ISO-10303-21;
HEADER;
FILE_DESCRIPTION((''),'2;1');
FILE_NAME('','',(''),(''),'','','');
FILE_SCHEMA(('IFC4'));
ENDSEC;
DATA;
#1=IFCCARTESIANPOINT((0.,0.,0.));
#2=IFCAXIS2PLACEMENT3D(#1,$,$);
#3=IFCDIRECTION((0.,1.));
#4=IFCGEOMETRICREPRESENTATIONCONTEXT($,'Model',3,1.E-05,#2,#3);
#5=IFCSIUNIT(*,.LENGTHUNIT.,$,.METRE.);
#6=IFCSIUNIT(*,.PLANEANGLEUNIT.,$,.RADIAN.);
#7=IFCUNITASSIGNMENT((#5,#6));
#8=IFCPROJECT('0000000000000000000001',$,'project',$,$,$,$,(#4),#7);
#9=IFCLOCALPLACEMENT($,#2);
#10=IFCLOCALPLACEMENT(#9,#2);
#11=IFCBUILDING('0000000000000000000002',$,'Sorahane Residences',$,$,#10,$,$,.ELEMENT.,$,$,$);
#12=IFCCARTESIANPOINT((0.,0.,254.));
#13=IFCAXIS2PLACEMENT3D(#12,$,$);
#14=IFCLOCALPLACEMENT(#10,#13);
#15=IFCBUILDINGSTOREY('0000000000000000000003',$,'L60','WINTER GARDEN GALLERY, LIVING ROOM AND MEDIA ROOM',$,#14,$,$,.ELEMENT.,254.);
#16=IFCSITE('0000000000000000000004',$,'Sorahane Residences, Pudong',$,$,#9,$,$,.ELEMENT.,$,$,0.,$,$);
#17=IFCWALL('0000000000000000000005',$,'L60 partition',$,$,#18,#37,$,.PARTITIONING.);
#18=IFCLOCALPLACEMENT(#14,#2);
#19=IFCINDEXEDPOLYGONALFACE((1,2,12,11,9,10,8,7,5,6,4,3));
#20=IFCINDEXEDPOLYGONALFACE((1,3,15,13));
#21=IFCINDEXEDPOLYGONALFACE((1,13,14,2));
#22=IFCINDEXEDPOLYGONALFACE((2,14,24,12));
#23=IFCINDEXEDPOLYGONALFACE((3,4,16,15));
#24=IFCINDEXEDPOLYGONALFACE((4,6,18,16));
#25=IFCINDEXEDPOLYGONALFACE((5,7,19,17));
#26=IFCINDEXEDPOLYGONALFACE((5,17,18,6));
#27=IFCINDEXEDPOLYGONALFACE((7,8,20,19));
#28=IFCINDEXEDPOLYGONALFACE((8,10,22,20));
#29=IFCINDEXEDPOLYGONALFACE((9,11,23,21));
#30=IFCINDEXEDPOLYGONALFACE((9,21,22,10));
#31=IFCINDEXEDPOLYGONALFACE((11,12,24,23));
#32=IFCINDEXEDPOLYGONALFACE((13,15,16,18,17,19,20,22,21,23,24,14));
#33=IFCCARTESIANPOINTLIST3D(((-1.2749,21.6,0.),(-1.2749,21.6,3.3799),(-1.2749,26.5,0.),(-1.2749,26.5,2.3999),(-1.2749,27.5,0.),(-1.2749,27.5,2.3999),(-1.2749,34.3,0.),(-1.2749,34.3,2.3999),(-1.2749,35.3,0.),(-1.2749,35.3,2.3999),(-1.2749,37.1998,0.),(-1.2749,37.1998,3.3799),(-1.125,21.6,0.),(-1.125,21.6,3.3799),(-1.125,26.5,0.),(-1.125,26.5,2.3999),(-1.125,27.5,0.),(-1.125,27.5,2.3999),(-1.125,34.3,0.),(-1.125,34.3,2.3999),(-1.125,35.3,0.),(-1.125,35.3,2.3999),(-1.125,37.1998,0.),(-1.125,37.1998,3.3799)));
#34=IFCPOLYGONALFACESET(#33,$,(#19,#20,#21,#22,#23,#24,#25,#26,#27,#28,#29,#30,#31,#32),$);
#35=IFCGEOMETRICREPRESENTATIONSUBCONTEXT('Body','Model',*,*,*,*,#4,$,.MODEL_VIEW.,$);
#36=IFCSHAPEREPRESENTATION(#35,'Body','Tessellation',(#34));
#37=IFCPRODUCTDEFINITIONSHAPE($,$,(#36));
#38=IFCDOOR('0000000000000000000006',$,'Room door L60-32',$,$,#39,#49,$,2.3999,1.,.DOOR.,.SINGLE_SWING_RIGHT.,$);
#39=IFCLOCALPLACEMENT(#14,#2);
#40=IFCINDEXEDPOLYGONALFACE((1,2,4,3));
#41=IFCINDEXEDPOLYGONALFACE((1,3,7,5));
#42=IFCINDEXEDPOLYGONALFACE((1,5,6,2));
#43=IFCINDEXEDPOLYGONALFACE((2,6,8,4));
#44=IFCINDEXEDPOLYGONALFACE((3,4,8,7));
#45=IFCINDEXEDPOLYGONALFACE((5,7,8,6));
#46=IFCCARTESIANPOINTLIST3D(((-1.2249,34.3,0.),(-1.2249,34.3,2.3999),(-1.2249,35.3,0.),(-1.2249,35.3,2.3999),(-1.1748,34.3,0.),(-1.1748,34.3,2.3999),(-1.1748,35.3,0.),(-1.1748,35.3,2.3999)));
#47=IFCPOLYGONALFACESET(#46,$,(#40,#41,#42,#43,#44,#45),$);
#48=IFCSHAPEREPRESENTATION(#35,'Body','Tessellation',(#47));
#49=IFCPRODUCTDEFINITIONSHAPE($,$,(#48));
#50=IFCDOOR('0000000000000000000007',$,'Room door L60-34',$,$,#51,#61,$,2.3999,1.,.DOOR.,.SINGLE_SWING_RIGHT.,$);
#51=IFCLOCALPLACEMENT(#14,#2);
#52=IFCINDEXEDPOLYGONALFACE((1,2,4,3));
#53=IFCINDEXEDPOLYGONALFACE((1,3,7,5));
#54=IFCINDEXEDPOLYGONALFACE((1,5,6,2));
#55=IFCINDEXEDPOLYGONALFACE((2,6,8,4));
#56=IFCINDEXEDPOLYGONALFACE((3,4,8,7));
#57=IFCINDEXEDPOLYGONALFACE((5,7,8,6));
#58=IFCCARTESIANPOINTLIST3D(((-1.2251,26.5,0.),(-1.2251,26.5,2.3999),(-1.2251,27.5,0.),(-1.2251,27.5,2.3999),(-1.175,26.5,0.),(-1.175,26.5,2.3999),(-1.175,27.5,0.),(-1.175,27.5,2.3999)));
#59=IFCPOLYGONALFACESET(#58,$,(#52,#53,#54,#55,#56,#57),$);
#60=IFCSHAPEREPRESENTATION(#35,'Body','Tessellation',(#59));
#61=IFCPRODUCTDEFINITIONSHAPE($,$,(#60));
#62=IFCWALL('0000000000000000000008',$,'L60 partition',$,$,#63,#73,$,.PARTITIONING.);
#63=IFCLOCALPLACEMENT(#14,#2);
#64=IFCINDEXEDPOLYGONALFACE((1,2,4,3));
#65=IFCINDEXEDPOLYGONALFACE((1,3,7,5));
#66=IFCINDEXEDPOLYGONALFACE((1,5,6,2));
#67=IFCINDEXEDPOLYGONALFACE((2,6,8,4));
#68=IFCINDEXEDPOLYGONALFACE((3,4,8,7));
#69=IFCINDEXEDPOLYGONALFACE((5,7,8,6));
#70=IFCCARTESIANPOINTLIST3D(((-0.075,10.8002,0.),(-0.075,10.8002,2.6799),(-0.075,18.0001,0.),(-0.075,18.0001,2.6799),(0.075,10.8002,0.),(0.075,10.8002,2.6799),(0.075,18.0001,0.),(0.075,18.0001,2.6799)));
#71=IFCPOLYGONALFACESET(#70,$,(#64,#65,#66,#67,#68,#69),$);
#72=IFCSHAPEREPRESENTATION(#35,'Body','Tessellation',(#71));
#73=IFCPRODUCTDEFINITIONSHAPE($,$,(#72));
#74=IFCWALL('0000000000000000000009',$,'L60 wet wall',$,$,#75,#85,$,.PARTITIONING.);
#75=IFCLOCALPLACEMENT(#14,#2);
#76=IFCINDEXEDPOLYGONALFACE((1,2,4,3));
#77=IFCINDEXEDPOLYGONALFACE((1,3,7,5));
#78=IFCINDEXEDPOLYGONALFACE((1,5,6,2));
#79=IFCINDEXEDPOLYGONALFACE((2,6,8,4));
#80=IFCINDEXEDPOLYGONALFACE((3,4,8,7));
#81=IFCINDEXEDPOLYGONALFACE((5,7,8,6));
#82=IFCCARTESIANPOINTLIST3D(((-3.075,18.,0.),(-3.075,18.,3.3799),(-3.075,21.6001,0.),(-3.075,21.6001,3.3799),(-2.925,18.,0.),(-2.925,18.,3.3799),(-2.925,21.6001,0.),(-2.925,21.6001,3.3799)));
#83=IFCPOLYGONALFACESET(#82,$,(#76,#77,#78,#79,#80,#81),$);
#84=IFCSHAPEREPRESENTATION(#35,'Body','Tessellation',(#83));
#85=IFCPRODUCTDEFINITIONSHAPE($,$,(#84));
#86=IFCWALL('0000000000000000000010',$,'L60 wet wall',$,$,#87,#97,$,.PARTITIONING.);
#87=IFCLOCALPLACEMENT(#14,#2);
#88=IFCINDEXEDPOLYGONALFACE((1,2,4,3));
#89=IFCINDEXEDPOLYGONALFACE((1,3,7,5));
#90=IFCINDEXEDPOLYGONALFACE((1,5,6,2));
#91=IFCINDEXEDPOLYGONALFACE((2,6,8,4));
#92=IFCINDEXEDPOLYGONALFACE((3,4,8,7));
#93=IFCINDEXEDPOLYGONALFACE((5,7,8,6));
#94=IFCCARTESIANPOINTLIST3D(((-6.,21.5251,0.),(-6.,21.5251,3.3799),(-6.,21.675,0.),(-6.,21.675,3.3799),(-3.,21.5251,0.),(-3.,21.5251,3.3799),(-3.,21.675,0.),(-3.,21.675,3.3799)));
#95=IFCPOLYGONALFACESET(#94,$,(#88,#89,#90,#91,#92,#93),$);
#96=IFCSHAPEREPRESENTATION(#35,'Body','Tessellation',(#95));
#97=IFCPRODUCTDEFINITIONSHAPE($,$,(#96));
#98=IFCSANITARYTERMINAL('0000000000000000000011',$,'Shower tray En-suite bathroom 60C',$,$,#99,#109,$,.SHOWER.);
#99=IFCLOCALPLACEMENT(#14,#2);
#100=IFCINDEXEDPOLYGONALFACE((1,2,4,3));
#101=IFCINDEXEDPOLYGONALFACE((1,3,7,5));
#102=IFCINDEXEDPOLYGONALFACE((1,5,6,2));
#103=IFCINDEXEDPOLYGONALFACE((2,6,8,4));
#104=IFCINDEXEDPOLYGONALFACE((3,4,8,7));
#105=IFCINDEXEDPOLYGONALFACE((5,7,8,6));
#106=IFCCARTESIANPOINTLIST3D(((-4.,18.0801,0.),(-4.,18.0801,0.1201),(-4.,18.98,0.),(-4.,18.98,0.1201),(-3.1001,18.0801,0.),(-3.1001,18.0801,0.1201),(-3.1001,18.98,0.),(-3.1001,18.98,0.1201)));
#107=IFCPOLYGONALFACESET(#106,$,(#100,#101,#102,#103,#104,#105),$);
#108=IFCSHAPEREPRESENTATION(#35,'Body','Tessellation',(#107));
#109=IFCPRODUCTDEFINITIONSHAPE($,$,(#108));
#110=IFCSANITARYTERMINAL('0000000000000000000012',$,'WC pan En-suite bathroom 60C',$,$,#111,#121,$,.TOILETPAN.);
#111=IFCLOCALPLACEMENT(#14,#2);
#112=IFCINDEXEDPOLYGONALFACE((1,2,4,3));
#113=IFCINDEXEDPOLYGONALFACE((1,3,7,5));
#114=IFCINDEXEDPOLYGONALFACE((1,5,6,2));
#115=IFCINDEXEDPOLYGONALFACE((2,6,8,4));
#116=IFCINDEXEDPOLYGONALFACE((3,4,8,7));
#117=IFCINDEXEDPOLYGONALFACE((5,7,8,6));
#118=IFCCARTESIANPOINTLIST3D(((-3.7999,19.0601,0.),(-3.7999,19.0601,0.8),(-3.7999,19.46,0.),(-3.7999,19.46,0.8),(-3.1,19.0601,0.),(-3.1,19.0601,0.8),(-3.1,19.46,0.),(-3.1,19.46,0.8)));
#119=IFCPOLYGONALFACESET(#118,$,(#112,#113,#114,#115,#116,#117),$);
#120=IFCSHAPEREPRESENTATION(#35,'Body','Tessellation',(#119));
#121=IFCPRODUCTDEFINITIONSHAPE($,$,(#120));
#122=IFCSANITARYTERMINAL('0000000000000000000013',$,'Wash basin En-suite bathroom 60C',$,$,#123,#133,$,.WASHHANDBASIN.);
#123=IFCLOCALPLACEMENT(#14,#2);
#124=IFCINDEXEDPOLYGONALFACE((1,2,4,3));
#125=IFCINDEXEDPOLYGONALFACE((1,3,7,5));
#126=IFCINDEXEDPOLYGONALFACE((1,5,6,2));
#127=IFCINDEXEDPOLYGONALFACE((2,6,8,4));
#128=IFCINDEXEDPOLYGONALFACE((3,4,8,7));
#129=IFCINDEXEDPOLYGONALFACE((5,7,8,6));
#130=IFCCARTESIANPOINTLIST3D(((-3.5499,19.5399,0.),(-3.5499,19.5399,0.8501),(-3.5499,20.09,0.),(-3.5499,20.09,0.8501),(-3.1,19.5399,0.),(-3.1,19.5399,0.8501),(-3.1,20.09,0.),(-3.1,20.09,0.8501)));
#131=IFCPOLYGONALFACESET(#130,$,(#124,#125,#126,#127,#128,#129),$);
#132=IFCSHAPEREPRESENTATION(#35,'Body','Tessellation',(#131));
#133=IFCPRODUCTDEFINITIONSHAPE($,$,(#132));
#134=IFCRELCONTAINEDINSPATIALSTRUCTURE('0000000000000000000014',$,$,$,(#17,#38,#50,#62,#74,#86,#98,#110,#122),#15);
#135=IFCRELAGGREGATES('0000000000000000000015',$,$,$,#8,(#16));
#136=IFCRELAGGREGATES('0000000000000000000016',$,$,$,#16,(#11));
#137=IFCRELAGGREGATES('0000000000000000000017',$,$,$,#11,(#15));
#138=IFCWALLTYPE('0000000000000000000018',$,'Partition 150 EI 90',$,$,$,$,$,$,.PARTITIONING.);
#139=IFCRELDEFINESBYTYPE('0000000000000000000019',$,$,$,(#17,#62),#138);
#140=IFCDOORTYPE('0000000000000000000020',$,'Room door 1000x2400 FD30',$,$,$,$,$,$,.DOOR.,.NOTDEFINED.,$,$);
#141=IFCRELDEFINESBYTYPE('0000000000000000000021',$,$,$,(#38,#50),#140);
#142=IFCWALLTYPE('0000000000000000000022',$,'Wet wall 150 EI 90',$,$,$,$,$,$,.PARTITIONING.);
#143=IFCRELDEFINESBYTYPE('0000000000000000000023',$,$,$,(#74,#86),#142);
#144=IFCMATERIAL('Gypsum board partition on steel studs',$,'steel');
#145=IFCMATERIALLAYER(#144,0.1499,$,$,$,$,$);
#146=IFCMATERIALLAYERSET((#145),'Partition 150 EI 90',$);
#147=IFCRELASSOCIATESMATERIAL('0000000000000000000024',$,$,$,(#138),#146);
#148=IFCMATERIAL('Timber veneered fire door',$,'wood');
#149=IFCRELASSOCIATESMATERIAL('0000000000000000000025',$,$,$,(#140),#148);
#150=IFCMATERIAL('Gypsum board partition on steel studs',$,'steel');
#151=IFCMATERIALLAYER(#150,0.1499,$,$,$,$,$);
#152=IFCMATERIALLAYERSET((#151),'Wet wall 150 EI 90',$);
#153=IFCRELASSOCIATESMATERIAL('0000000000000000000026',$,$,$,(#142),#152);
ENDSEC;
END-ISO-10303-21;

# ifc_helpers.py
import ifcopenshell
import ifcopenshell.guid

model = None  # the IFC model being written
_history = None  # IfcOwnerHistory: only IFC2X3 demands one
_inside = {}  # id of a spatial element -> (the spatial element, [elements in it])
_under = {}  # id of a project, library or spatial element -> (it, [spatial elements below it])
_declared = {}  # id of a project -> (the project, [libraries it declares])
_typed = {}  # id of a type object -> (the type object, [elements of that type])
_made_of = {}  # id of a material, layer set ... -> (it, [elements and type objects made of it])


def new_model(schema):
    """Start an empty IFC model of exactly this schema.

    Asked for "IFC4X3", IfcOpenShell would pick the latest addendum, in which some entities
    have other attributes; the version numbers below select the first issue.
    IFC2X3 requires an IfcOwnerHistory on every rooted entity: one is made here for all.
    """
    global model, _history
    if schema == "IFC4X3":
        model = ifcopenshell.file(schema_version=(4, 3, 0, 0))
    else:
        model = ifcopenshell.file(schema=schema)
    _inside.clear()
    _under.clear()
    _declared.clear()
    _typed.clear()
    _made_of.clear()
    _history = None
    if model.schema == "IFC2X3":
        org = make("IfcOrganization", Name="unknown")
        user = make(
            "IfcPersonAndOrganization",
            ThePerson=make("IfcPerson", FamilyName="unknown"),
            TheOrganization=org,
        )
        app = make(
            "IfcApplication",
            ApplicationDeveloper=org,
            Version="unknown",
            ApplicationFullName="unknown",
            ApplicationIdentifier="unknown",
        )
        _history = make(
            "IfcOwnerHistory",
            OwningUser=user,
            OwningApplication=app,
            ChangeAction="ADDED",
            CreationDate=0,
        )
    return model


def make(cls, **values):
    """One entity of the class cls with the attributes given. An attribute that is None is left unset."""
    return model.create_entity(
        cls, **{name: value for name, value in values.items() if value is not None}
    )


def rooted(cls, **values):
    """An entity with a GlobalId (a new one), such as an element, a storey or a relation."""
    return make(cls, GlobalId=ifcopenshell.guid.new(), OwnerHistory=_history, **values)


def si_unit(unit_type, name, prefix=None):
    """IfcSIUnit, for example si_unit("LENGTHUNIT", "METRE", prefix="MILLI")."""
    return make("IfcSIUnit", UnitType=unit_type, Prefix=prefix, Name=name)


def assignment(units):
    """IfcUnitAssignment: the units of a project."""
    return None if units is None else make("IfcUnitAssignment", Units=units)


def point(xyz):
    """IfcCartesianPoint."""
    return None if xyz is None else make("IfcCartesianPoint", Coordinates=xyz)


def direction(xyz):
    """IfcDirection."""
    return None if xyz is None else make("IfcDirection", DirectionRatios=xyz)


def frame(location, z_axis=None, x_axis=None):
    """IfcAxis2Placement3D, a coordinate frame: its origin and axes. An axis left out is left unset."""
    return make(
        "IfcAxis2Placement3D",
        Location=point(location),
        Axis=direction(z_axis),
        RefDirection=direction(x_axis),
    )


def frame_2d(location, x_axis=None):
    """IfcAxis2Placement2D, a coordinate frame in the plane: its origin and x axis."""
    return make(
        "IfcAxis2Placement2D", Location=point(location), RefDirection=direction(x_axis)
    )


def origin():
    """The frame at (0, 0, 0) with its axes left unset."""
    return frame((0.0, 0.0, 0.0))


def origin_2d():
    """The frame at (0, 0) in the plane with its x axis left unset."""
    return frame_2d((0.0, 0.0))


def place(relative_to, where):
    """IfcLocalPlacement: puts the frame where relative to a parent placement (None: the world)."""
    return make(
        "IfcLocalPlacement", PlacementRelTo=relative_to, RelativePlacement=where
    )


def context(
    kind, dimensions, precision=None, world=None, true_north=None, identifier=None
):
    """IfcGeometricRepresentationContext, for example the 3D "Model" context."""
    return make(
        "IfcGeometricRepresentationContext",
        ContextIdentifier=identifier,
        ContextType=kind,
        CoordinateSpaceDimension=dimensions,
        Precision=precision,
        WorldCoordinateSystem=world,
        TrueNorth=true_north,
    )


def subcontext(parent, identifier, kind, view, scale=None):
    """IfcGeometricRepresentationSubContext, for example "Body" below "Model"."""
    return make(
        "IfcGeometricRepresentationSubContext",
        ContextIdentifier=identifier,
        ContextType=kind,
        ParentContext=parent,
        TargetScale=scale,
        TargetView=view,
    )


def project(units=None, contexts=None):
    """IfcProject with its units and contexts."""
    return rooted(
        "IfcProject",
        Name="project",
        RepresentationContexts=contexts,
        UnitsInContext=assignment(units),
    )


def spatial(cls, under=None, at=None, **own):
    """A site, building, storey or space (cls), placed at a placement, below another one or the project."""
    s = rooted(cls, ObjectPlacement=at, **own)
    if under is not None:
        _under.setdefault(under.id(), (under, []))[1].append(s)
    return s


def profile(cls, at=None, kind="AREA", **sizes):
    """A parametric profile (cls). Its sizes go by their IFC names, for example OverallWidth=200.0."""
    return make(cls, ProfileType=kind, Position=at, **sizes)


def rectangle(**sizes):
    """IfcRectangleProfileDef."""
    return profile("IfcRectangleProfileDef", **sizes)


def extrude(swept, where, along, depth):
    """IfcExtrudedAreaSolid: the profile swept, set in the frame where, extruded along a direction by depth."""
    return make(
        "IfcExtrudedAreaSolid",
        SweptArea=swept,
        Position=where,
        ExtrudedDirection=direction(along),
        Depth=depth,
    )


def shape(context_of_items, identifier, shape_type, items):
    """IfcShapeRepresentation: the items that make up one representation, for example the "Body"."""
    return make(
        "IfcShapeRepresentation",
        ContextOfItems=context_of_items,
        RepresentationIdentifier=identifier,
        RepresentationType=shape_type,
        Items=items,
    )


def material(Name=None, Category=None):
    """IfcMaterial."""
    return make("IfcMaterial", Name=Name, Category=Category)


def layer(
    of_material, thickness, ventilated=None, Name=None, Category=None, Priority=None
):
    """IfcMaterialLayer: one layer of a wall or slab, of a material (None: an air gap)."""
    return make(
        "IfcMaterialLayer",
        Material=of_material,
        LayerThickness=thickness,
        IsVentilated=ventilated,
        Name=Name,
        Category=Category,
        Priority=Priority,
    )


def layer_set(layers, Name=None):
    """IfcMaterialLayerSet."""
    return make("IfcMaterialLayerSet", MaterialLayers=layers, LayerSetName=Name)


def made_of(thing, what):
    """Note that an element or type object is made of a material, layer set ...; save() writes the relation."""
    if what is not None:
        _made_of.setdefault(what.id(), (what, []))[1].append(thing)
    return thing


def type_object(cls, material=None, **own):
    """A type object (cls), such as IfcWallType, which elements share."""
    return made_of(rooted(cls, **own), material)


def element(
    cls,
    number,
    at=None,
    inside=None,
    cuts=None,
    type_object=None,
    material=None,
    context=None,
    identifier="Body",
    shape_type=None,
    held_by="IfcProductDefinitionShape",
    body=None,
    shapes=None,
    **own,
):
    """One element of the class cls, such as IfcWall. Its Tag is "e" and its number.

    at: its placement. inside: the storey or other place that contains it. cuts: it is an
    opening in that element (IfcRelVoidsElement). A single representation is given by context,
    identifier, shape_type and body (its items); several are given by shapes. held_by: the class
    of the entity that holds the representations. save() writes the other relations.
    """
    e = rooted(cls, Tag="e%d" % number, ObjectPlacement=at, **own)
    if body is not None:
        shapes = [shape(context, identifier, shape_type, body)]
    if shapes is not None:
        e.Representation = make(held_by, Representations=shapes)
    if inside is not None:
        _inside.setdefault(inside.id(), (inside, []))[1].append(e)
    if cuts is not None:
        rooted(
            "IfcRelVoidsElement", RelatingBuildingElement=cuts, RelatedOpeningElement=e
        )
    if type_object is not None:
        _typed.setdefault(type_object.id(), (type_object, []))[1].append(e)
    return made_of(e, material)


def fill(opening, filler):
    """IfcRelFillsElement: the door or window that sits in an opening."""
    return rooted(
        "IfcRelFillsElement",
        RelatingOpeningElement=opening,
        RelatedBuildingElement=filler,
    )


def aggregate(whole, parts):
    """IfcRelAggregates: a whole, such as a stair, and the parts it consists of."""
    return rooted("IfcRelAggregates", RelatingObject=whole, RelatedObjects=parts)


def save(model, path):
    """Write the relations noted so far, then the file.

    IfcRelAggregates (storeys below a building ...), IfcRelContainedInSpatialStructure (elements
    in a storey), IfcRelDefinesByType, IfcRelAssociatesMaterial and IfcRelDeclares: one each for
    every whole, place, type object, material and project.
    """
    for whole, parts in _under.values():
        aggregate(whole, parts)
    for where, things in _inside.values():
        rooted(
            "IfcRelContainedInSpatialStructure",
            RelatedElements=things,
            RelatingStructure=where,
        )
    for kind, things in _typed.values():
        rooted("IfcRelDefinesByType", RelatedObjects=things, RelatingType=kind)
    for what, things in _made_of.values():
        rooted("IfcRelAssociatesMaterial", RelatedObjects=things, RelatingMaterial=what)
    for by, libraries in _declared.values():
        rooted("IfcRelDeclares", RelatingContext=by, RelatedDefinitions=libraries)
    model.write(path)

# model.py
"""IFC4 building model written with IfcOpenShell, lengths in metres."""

from ifc_helpers import new_model, si_unit, direction, frame, frame_2d, origin, origin_2d, place, context, subcontext, project, spatial, rectangle, extrude, material, layer, layer_set, type_object, element, fill, save


model = new_model("IFC4")

# Units and contexts
model_context = context("Model", 3, precision=1e-05, world=origin(), true_north=direction((0.0, 1.0)))
body_context = subcontext(model_context, "Body", "Model", "MODEL_VIEW")
ifc_project = project(units=[si_unit("LENGTHUNIT", "METRE"), si_unit("PLANEANGLEUNIT", "RADIAN")], contexts=[model_context])

# Site, building, storey
site_placement = place(None, origin())
site = spatial("IfcSite", under=ifc_project, at=site_placement, Name="Sorahane Residences, Pudong", CompositionType="ELEMENT", RefElevation=0.0)
building_placement = place(site_placement, origin())
building = spatial("IfcBuilding", under=site, at=building_placement, Name="Sorahane Residences", CompositionType="ELEMENT")
storey_placement = place(building_placement, frame((0.0, 0.0, 254.0)))
storey = spatial("IfcBuildingStorey", under=building, at=storey_placement, Name="L60", Description="WINTER GARDEN GALLERY, LIVING ROOM AND MEDIA ROOM", CompositionType="ELEMENT", Elevation=254.0)

# Wall, openings, doors
ifc_material_1 = material(Name="Gypsum board partition on steel studs", Category="steel")
ifc_layer_1 = layer(ifc_material_1, 0.1499)
ifc_layer_set_1 = layer_set([ifc_layer_1], Name="Partition 150 EI 90")
wall_type_1 = type_object("IfcWallType", Name="Partition 150 EI 90", PredefinedType="PARTITIONING", material=ifc_layer_set_1)
wall_1_placement = place(storey_placement, frame((-1.2, 21.6001, 0.0), z_axis=(0.0, 0.0, 1.0), x_axis=(0.0, 1.0, 0.0)))
wall_1 = element("IfcWall", 1, at=wall_1_placement, inside=storey, type_object=wall_type_1, Name="L60 partition", PredefinedType="PARTITIONING", context=body_context, shape_type="SweptSolid", body=[
    extrude(rectangle(XDim=15.5999, YDim=0.1499, at=frame_2d((7.7998, 0.0))), origin(), (0.0, 0.0, 1.0), 3.3799),
])
opening_1_placement = place(wall_1_placement, frame((12.7, 0.0, 0.0)))
opening_1 = element("IfcOpeningElement", 2, at=opening_1_placement, cuts=wall_1, PredefinedType="OPENING", context=body_context, shape_type="SweptSolid", body=[
    extrude(rectangle(XDim=1.0, YDim=2.3999, at=frame_2d((0.5, 1.2))), frame((0.0, 0.085, 0.0), z_axis=(0.0, -1.0, 0.0), x_axis=(1.0, 0.0, 0.0)), (0.0, 0.0, 1.0), 0.1699),
])
opening_2_placement = place(wall_1_placement, frame((4.8999, 0.0, 0.0)))
opening_2 = element("IfcOpeningElement", 3, at=opening_2_placement, cuts=wall_1, PredefinedType="OPENING", context=body_context, shape_type="SweptSolid", body=[
    extrude(rectangle(XDim=1.0, YDim=2.3999, at=frame_2d((0.5, 1.2))), frame((0.0, 0.085, 0.0), z_axis=(0.0, -1.0, 0.0), x_axis=(1.0, 0.0, 0.0)), (0.0, 0.0, 1.0), 0.1699),
])
ifc_material_2 = material(Name="Timber veneered fire door", Category="wood")
door_type_1 = type_object("IfcDoorType", Name="Room door 1000x2400 FD30", OperationType="NOTDEFINED", PredefinedType="DOOR", material=ifc_material_2)
door_1_placement = place(opening_1_placement, origin())
door_1 = element("IfcDoor", 4, at=door_1_placement, inside=storey, type_object=door_type_1, Name="Room door L60-32", OperationType="SINGLE_SWING_RIGHT", OverallHeight=2.3999, OverallWidth=1.0, PredefinedType="DOOR", context=body_context, shape_type="SweptSolid", body=[
    extrude(rectangle(XDim=1.0, YDim=2.3999, at=frame_2d((0.5, 1.2))), frame((0.0, 0.0249, 0.0), z_axis=(0.0, -1.0, 0.0), x_axis=(1.0, 0.0, 0.0)), (0.0, 0.0, 1.0), 0.05),
])
fill(opening_1, door_1)
door_2_placement = place(opening_2_placement, frame((1.0, 0.0, 0.0), z_axis=(0.0, 0.0, 1.0), x_axis=(-1.0, 0.0, 0.0)))
door_2 = element("IfcDoor", 5, at=door_2_placement, inside=storey, type_object=door_type_1, Name="Room door L60-34", OperationType="SINGLE_SWING_RIGHT", OverallHeight=2.3999, OverallWidth=1.0, PredefinedType="DOOR", context=body_context, shape_type="SweptSolid", body=[
    extrude(rectangle(XDim=1.0, YDim=2.3999, at=frame_2d((0.5, 1.2))), frame((0.0, 0.0249, 0.0), z_axis=(0.0, -1.0, 0.0), x_axis=(1.0, 0.0, 0.0)), (0.0, 0.0, 1.0), 0.05),
])
fill(opening_2, door_2)

# Walls
wall_2_placement = place(storey_placement, frame((0.0, 10.8, 0.0), z_axis=(0.0, 0.0, 1.0), x_axis=(0.0, 1.0, 0.0)))
element("IfcWall", 6, at=wall_2_placement, inside=storey, type_object=wall_type_1, Name="L60 partition", PredefinedType="PARTITIONING", context=body_context, shape_type="SweptSolid", body=[
    extrude(rectangle(XDim=7.2, YDim=0.1499, at=frame_2d((3.6001, 0.0))), origin(), (0.0, 0.0, 1.0), 2.6799),
])
ifc_material_3 = material(Name="Gypsum board partition on steel studs", Category="steel")
ifc_layer_2 = layer(ifc_material_3, 0.1499)
ifc_layer_set_2 = layer_set([ifc_layer_2], Name="Wet wall 150 EI 90")
wall_type_2 = type_object("IfcWallType", Name="Wet wall 150 EI 90", PredefinedType="PARTITIONING", material=ifc_layer_set_2)
wall_3_placement = place(storey_placement, frame((-3.0, 18.0, 0.0), z_axis=(0.0, 0.0, 1.0), x_axis=(0.0, 1.0, 0.0)))
element("IfcWall", 7, at=wall_3_placement, inside=storey, type_object=wall_type_2, Name="L60 wet wall", PredefinedType="PARTITIONING", context=body_context, shape_type="SweptSolid", body=[
    extrude(rectangle(XDim=3.6001, YDim=0.1499, at=frame_2d((1.8, 0.0))), origin(), (0.0, 0.0, 1.0), 3.3799),
])
wall_4_placement = place(storey_placement, frame((-6.0, 21.6001, 0.0), z_axis=(0.0, 0.0, 1.0), x_axis=(1.0, 0.0, 0.0)))
element("IfcWall", 8, at=wall_4_placement, inside=storey, type_object=wall_type_2, Name="L60 wet wall", PredefinedType="PARTITIONING", context=body_context, shape_type="SweptSolid", body=[
    extrude(rectangle(XDim=3.0, YDim=0.1499, at=frame_2d((1.5, 0.0))), origin(), (0.0, 0.0, 1.0), 3.3799),
])

# Sanitary terminals
sanitary_terminal_1_placement = place(storey_placement, frame((-3.55, 18.53, 0.0), z_axis=(0.0, 0.0, 1.0), x_axis=(0.0, -1.0, 0.0)))
element("IfcSanitaryTerminal", 9, at=sanitary_terminal_1_placement, inside=storey, Name="Shower tray En-suite bathroom 60C", PredefinedType="SHOWER", context=body_context, shape_type="SweptSolid", body=[
    extrude(rectangle(XDim=0.8999, YDim=0.8999, at=origin_2d()), origin(), (0.0, 0.0, 1.0), 0.1201),
])
sanitary_terminal_2_placement = place(storey_placement, frame((-3.45, 19.26, 0.0), z_axis=(0.0, 0.0, 1.0), x_axis=(0.0, -1.0, 0.0)))
element("IfcSanitaryTerminal", 10, at=sanitary_terminal_2_placement, inside=storey, Name="WC pan En-suite bathroom 60C", PredefinedType="TOILETPAN", context=body_context, shape_type="SweptSolid", body=[
    extrude(rectangle(XDim=0.3999, YDim=0.7, at=origin_2d()), origin(), (0.0, 0.0, 1.0), 0.8),
])
sanitary_terminal_3_placement = place(storey_placement, frame((-3.325, 19.8149, 0.0), z_axis=(0.0, 0.0, 1.0), x_axis=(0.0, -1.0, 0.0)))
element("IfcSanitaryTerminal", 11, at=sanitary_terminal_3_placement, inside=storey, Name="Wash basin En-suite bathroom 60C", PredefinedType="WASHHANDBASIN", context=body_context, shape_type="SweptSolid", body=[
    extrude(rectangle(XDim=0.55, YDim=0.45, at=origin_2d()), origin(), (0.0, 0.0, 1.0), 0.8501),
])

save(model, "model.ifc")
